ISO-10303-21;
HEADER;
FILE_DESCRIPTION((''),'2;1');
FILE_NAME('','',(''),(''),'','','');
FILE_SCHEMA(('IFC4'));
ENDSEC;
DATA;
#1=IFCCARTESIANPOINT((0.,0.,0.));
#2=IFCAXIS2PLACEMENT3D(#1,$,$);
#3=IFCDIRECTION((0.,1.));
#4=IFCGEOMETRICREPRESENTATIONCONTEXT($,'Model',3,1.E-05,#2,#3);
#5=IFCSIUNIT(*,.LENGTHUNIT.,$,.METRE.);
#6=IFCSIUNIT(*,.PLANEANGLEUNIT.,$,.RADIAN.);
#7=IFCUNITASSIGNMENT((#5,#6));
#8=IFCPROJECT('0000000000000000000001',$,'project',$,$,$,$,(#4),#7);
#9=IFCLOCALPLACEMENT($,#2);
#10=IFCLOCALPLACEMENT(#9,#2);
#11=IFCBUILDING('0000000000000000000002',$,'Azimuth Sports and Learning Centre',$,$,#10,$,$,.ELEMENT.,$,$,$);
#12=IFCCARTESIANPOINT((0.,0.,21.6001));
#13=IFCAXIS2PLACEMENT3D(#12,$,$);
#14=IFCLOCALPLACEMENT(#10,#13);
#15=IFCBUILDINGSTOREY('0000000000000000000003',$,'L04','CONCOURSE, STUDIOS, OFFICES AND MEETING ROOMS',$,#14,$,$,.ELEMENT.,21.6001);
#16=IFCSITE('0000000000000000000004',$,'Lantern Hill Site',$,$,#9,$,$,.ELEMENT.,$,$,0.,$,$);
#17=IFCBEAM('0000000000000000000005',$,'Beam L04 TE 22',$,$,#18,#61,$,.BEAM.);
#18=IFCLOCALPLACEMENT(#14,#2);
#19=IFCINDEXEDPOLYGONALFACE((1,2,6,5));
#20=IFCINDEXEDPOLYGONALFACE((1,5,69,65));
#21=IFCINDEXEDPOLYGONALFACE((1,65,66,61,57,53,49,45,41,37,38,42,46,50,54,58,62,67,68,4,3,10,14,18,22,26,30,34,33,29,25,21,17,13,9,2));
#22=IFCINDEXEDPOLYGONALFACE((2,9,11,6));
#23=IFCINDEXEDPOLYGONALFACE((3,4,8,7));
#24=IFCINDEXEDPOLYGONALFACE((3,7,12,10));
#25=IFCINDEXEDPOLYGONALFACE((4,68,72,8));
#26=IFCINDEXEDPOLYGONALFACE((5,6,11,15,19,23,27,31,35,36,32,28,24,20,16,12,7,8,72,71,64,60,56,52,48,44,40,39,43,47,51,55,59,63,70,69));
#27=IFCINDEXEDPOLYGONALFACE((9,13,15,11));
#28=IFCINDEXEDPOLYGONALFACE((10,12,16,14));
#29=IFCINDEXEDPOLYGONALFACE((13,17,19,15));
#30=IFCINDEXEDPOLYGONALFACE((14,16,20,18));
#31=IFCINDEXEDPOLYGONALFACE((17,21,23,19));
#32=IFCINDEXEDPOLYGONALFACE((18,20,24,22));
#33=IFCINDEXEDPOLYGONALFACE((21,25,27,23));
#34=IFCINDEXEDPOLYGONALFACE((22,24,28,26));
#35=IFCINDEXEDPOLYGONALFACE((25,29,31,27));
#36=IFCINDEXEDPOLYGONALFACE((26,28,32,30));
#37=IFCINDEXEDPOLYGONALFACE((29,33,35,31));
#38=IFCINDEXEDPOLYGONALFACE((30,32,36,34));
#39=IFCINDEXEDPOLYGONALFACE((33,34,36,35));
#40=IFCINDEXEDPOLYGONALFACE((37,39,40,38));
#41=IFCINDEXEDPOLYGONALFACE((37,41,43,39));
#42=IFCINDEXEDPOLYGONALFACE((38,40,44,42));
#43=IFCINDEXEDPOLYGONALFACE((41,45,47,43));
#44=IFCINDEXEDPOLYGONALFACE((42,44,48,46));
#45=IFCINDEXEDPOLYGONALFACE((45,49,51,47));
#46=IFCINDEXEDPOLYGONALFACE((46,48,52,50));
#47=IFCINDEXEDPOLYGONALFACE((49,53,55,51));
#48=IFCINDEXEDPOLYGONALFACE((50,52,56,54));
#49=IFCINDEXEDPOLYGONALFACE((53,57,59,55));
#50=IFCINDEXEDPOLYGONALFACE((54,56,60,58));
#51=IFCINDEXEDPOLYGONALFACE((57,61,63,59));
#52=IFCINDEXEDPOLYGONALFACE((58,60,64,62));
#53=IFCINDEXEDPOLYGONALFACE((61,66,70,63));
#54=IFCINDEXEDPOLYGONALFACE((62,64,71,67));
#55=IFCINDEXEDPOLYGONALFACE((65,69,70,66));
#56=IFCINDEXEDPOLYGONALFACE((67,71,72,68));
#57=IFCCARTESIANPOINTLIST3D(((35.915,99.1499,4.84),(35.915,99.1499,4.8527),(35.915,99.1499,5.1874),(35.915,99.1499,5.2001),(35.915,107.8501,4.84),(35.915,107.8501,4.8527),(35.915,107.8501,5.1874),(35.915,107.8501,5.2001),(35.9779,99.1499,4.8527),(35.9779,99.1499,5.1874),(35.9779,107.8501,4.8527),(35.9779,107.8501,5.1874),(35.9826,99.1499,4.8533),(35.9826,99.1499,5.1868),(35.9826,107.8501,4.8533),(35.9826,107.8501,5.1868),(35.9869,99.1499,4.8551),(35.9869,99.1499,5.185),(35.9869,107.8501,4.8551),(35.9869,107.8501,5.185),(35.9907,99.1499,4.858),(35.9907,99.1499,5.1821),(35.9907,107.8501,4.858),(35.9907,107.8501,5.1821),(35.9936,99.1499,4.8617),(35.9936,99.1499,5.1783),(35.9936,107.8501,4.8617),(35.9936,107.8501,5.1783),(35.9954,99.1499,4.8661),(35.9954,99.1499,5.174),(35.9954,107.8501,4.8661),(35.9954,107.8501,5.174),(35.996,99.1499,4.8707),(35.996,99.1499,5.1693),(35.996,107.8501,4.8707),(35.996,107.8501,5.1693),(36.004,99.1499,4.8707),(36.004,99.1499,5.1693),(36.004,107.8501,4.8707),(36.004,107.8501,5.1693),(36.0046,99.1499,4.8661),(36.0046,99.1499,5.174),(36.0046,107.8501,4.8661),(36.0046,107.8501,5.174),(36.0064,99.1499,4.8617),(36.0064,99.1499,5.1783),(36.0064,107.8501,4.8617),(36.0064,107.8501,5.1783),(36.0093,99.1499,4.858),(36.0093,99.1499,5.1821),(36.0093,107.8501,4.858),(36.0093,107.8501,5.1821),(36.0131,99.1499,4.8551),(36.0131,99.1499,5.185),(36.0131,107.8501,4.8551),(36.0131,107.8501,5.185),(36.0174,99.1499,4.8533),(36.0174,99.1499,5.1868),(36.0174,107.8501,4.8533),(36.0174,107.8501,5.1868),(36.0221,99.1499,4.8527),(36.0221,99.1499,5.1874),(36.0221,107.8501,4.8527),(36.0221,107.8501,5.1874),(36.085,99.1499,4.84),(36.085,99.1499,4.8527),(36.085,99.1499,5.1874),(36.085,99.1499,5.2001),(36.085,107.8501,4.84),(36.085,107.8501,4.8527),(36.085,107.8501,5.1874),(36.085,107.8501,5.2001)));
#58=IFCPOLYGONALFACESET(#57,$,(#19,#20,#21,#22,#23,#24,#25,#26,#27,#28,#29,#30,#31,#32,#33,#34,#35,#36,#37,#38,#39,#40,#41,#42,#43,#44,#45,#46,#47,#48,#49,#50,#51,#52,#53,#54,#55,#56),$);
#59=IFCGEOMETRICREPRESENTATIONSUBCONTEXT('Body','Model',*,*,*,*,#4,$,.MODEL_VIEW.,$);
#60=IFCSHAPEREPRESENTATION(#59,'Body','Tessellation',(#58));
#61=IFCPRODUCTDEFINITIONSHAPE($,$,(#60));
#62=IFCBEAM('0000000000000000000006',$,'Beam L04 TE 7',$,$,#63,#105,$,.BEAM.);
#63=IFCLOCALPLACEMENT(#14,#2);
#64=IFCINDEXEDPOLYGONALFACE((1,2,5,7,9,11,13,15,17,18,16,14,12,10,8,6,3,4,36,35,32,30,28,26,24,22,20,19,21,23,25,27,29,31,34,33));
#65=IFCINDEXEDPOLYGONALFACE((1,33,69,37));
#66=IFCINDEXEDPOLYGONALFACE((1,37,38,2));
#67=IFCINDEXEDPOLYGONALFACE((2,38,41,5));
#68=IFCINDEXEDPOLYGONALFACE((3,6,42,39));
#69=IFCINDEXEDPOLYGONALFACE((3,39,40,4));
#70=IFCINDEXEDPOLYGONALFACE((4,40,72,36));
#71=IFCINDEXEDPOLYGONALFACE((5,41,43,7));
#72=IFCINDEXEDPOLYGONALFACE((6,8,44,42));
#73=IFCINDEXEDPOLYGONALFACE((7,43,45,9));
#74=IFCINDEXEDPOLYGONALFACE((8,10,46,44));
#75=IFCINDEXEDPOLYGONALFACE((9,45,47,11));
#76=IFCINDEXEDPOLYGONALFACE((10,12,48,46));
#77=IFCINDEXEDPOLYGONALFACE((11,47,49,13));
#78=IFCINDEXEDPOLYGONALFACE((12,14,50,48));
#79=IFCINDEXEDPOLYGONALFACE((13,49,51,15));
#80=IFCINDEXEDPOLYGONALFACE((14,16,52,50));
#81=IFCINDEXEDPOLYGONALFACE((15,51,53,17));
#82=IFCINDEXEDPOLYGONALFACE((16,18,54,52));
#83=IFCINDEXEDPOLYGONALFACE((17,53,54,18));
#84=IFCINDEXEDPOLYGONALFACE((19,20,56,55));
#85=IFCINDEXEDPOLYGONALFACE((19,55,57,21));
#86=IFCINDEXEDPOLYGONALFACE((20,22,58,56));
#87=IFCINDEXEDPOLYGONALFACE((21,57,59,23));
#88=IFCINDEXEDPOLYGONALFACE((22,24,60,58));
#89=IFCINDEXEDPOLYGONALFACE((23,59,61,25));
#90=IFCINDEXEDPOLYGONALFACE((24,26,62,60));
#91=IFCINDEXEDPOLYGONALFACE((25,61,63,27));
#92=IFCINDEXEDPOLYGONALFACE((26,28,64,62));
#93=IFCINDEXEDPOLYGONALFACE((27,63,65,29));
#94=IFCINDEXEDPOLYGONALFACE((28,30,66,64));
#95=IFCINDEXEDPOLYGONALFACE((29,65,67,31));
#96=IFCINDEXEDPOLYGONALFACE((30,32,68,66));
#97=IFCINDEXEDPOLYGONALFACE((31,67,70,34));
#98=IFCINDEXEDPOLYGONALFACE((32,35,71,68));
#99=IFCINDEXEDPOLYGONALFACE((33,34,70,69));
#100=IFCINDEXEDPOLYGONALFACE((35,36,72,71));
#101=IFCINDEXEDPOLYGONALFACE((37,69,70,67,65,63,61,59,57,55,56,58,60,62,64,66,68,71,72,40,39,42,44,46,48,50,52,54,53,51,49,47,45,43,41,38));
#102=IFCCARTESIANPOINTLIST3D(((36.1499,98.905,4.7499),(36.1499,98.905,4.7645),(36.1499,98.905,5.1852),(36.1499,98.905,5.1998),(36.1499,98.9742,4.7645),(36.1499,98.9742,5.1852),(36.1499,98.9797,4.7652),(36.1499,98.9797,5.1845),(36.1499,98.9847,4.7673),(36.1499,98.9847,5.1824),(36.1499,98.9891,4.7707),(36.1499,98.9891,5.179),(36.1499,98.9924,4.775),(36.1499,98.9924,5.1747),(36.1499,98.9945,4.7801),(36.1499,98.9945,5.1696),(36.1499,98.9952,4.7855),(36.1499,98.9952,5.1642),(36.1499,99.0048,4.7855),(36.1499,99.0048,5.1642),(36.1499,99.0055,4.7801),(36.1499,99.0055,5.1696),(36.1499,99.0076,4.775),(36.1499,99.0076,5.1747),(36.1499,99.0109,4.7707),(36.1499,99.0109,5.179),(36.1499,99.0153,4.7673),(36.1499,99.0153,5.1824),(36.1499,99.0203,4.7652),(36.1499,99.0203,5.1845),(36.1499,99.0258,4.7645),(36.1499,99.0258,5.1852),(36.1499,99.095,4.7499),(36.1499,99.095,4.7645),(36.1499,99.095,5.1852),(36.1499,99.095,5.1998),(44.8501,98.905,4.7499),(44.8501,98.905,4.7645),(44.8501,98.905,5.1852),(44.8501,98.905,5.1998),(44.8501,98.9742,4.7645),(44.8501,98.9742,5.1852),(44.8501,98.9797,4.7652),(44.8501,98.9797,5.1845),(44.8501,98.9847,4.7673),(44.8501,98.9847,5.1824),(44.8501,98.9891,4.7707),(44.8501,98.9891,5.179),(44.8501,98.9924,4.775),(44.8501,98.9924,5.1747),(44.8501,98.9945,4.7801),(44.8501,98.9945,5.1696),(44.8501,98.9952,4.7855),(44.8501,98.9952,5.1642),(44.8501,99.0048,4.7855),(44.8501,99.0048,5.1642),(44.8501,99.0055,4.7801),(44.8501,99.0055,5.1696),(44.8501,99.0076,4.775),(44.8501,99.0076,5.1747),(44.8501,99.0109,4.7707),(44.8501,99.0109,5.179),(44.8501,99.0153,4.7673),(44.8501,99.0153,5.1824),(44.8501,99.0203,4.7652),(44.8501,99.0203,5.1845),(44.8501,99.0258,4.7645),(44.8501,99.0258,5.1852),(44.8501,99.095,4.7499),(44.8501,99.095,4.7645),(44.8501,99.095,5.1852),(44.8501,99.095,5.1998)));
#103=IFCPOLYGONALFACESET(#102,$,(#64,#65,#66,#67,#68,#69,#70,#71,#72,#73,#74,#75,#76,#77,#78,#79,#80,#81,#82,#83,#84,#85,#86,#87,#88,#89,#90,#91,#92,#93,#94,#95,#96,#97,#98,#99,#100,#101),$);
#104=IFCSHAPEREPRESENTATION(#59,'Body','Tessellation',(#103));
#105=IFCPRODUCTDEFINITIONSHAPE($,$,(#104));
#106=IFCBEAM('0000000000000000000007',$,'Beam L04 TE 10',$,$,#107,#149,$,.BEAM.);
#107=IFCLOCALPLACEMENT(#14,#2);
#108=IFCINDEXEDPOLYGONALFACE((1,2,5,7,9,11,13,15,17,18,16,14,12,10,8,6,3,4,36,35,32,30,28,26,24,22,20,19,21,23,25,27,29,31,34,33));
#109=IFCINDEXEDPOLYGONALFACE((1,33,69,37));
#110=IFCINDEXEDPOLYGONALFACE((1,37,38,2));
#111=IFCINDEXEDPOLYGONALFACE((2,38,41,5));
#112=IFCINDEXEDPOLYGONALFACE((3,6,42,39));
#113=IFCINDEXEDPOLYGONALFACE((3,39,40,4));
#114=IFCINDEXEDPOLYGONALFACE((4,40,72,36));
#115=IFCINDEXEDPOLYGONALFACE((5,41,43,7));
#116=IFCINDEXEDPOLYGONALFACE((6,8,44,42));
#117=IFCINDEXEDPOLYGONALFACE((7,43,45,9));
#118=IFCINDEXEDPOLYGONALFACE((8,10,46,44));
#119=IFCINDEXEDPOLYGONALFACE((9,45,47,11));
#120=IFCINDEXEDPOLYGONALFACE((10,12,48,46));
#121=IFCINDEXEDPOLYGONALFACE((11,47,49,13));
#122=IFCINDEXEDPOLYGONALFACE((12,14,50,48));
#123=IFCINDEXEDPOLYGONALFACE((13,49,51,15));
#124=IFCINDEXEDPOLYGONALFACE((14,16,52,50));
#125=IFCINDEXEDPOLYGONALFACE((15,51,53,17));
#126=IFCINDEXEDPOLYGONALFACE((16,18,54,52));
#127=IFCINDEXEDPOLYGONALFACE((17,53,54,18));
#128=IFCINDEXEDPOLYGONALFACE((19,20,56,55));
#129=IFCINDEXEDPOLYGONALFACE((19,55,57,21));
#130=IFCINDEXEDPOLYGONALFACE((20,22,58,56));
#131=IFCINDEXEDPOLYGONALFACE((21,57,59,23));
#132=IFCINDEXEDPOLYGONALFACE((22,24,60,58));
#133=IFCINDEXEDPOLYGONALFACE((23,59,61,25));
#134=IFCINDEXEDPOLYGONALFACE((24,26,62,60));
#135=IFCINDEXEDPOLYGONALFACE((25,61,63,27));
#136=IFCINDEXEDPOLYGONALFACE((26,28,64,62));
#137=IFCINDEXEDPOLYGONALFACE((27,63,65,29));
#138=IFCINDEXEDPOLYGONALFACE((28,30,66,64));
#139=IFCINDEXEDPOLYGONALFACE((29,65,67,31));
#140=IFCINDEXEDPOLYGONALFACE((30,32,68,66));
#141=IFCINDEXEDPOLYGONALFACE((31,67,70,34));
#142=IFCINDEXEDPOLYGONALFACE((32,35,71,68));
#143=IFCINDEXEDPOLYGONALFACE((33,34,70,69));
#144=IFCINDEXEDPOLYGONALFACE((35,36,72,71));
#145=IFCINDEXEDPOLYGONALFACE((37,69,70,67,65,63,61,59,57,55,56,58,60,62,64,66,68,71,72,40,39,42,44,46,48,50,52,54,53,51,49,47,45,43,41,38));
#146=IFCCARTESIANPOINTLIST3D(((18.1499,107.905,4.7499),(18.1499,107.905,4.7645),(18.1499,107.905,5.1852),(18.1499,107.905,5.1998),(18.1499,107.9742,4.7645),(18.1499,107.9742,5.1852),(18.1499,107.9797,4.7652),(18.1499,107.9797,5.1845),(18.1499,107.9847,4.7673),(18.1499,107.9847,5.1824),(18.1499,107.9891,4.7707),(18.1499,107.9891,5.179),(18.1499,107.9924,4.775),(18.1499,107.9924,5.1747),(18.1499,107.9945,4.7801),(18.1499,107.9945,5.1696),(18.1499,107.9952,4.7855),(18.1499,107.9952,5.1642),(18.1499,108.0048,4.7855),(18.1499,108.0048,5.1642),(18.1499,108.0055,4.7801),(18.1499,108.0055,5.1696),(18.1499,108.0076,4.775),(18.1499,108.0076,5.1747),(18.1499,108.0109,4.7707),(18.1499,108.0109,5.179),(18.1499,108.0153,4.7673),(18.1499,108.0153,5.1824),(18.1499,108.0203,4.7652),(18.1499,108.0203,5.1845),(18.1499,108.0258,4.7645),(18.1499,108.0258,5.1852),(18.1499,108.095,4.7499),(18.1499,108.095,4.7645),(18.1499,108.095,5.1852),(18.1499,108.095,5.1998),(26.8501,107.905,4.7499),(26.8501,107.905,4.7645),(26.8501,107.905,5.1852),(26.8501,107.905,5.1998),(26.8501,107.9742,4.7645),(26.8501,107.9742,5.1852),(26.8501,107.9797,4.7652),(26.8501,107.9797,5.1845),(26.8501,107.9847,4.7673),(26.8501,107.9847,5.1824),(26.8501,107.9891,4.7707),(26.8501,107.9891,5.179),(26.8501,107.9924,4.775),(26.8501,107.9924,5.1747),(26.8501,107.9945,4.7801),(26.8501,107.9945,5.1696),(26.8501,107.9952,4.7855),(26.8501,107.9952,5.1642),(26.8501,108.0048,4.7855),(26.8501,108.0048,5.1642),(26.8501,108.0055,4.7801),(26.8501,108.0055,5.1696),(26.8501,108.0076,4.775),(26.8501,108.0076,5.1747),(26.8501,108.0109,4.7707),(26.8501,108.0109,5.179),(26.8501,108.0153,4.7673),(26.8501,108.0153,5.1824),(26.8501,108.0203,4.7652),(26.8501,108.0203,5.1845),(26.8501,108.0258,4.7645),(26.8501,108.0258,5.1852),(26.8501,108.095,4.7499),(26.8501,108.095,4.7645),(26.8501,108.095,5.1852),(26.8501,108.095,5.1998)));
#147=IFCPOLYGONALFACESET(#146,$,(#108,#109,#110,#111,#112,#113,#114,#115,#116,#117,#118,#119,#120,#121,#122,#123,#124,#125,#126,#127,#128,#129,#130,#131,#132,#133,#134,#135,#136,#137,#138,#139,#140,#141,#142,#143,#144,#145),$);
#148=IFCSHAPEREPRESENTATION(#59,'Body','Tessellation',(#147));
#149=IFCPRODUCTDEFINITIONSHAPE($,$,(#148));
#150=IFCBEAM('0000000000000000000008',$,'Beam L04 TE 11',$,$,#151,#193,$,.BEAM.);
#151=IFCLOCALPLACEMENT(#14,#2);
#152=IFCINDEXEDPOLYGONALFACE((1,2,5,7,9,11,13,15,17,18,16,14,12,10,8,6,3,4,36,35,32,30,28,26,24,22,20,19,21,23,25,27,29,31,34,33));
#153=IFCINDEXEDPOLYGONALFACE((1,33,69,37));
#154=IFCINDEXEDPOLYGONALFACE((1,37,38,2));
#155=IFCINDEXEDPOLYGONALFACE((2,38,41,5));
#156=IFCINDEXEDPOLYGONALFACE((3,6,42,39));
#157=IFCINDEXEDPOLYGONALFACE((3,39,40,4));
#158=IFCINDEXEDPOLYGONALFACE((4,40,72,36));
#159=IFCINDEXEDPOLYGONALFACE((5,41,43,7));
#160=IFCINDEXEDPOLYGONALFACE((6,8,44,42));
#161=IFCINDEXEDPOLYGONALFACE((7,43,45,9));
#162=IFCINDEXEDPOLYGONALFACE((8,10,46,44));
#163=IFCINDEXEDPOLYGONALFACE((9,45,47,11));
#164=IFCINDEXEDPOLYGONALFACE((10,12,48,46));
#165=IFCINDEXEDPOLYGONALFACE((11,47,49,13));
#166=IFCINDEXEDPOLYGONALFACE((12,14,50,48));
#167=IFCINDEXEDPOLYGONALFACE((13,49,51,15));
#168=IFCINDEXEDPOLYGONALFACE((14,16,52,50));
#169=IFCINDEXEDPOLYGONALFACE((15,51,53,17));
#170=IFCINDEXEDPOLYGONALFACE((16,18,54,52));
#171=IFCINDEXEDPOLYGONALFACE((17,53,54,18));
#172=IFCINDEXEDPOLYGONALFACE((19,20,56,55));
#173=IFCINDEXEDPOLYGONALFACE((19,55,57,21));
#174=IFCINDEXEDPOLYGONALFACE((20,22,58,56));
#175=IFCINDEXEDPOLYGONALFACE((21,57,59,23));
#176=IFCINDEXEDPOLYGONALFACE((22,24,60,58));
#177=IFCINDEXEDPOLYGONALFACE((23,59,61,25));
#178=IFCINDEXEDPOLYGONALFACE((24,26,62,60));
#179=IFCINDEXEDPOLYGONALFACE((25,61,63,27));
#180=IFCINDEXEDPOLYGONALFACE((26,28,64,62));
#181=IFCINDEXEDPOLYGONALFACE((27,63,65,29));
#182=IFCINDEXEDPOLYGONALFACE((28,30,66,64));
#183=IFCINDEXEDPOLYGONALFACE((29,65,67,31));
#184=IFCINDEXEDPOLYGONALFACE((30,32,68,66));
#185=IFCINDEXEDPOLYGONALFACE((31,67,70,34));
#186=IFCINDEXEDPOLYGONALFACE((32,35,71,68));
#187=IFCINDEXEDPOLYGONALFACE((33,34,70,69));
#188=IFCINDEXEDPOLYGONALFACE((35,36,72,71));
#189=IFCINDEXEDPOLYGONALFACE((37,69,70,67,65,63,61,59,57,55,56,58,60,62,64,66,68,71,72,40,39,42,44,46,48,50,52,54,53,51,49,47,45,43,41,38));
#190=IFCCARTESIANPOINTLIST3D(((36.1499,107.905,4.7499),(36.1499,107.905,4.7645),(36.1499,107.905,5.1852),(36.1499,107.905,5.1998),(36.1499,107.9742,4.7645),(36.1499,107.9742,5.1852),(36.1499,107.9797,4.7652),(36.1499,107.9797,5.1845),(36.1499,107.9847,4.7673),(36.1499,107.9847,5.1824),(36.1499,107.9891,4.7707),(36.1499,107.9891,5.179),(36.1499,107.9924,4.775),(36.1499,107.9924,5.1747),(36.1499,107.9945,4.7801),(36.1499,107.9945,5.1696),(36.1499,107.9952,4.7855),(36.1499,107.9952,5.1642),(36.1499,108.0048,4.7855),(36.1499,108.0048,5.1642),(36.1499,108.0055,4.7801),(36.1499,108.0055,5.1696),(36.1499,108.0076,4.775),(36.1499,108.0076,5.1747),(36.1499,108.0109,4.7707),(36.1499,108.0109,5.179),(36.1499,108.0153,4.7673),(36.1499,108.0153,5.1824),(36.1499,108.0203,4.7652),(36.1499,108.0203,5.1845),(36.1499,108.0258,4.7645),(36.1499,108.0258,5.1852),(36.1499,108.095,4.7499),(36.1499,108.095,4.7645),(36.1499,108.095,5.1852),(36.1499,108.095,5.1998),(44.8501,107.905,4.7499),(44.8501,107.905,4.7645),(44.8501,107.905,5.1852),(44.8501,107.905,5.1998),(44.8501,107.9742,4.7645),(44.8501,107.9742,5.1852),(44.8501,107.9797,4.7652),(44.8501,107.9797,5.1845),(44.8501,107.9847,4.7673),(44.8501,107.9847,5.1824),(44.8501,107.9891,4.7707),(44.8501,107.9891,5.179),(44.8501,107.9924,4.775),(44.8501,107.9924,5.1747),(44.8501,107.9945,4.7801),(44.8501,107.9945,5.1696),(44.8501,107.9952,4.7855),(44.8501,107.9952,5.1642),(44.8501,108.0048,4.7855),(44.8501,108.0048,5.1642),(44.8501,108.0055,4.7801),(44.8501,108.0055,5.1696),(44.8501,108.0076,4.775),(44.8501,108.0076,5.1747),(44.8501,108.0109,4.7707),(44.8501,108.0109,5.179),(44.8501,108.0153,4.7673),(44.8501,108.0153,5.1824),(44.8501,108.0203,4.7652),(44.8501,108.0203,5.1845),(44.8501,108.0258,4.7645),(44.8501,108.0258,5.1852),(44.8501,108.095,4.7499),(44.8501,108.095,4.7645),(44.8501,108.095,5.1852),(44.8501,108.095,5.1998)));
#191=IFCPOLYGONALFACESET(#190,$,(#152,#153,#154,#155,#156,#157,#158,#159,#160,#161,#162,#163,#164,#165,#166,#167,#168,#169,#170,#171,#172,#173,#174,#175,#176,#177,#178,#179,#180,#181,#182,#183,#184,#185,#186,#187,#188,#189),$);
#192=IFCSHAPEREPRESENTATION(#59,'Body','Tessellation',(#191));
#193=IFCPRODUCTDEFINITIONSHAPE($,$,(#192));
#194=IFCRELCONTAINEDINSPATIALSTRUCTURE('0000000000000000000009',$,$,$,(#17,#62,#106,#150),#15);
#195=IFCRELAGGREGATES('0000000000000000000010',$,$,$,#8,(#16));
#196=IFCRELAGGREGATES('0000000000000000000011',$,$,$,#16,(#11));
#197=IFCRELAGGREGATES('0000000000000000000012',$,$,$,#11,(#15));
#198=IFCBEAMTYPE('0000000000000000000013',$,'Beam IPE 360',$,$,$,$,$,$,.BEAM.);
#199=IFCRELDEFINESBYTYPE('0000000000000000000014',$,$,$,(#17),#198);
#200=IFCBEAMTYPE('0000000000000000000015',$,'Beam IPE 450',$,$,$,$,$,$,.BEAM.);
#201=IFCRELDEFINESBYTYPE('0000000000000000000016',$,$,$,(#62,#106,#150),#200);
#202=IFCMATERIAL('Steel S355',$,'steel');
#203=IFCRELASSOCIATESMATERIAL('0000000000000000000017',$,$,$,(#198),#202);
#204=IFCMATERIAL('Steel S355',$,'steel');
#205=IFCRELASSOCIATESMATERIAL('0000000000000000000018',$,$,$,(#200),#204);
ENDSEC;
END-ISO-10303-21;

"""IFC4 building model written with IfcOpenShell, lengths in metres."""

from ifc_helpers import new_model, si_unit, direction, frame, origin, origin_2d, place, context, subcontext, project, spatial, i_section, extrude, material, material_profile, profile_set, type_object, element, save


model = new_model("IFC4")

# Units and contexts
model_context = context("Model", 3, precision=1e-05, world=origin(), true_north=direction((0.0, 1.0)))
body_context = subcontext(model_context, "Body", "Model", "MODEL_VIEW")
ifc_project = project(units=[si_unit("LENGTHUNIT", "METRE"), si_unit("PLANEANGLEUNIT", "RADIAN")], contexts=[model_context])

# Site, building, storey
site_placement = place(None, origin())
site = spatial("IfcSite", under=ifc_project, at=site_placement, Name="Lantern Hill Site", CompositionType="ELEMENT", RefElevation=0.0)
building_placement = place(site_placement, origin())
building = spatial("IfcBuilding", under=site, at=building_placement, Name="Azimuth Sports and Learning Centre", CompositionType="ELEMENT")
storey_placement = place(building_placement, frame((0.0, 0.0, 21.6001)))
storey = spatial("IfcBuildingStorey", under=building, at=storey_placement, Name="L04", Description="CONCOURSE, STUDIOS, OFFICES AND MEETING ROOMS", CompositionType="ELEMENT", Elevation=21.6001)

# Beams
ifc_material_1 = material(Name="Steel S355", Category="steel")
ifc_material_profile_1 = material_profile(ifc_material_1, i_section(OverallWidth=0.1699, OverallDepth=0.3601, WebThickness=0.0081, FlangeThickness=0.0127, FilletRadius=0.0181, at=origin_2d()), Name="IPE 360")
ifc_profile_set_1 = profile_set([ifc_material_profile_1], Name="Steel S355")
beam_type_1 = type_object("IfcBeamType", Name="Beam IPE 360", PredefinedType="BEAM", material=ifc_profile_set_1)
for number, where, z_axis, x_axis, name in (
    (1, (36.0, 99.1499, 5.02), (0.0, 1.0, 0.0), (-1.0, 0.0, 0.0), "Beam L04 TE 22"),
):
    element("IfcBeam", number, at=place(storey_placement, frame(where, z_axis=z_axis, x_axis=x_axis)), inside=storey, type_object=beam_type_1, Name=name, PredefinedType="BEAM", context=body_context, shape_type="SweptSolid", body=[
        extrude(i_section(OverallWidth=0.1699, OverallDepth=0.3601, WebThickness=0.0081, FlangeThickness=0.0127, FilletRadius=0.0181, at=origin_2d()), origin(), (0.0, 0.0, 1.0), 8.7002),
    ])
ifc_material_2 = material(Name="Steel S355", Category="steel")
ifc_material_profile_2 = material_profile(ifc_material_2, i_section(OverallWidth=0.1899, OverallDepth=0.45, WebThickness=0.0095, FlangeThickness=0.0146, FilletRadius=0.021, at=origin_2d()), Name="IPE 450")
ifc_profile_set_2 = profile_set([ifc_material_profile_2], Name="Steel S355")
beam_type_2 = type_object("IfcBeamType", Name="Beam IPE 450", PredefinedType="BEAM", material=ifc_profile_set_2)
for number, where, z_axis, x_axis, name in (
    (2, (36.1499, 99.0, 4.9749), (1.0, 0.0, 0.0), (0.0, 1.0, 0.0), "Beam L04 TE 7"),
    (3, (18.1499, 108.0, 4.9749), (1.0, 0.0, 0.0), (0.0, 1.0, 0.0), "Beam L04 TE 10"),
    (4, (36.1499, 108.0, 4.9749), (1.0, 0.0, 0.0), (0.0, 1.0, 0.0), "Beam L04 TE 11"),
):
    element("IfcBeam", number, at=place(storey_placement, frame(where, z_axis=z_axis, x_axis=x_axis)), inside=storey, type_object=beam_type_2, Name=name, PredefinedType="BEAM", context=body_context, shape_type="SweptSolid", body=[
        extrude(i_section(OverallWidth=0.1899, OverallDepth=0.45, WebThickness=0.0095, FlangeThickness=0.0146, FilletRadius=0.021, at=origin_2d()), origin(), (0.0, 0.0, 1.0), 8.7002),
    ])

save(model, "model.ifc")
